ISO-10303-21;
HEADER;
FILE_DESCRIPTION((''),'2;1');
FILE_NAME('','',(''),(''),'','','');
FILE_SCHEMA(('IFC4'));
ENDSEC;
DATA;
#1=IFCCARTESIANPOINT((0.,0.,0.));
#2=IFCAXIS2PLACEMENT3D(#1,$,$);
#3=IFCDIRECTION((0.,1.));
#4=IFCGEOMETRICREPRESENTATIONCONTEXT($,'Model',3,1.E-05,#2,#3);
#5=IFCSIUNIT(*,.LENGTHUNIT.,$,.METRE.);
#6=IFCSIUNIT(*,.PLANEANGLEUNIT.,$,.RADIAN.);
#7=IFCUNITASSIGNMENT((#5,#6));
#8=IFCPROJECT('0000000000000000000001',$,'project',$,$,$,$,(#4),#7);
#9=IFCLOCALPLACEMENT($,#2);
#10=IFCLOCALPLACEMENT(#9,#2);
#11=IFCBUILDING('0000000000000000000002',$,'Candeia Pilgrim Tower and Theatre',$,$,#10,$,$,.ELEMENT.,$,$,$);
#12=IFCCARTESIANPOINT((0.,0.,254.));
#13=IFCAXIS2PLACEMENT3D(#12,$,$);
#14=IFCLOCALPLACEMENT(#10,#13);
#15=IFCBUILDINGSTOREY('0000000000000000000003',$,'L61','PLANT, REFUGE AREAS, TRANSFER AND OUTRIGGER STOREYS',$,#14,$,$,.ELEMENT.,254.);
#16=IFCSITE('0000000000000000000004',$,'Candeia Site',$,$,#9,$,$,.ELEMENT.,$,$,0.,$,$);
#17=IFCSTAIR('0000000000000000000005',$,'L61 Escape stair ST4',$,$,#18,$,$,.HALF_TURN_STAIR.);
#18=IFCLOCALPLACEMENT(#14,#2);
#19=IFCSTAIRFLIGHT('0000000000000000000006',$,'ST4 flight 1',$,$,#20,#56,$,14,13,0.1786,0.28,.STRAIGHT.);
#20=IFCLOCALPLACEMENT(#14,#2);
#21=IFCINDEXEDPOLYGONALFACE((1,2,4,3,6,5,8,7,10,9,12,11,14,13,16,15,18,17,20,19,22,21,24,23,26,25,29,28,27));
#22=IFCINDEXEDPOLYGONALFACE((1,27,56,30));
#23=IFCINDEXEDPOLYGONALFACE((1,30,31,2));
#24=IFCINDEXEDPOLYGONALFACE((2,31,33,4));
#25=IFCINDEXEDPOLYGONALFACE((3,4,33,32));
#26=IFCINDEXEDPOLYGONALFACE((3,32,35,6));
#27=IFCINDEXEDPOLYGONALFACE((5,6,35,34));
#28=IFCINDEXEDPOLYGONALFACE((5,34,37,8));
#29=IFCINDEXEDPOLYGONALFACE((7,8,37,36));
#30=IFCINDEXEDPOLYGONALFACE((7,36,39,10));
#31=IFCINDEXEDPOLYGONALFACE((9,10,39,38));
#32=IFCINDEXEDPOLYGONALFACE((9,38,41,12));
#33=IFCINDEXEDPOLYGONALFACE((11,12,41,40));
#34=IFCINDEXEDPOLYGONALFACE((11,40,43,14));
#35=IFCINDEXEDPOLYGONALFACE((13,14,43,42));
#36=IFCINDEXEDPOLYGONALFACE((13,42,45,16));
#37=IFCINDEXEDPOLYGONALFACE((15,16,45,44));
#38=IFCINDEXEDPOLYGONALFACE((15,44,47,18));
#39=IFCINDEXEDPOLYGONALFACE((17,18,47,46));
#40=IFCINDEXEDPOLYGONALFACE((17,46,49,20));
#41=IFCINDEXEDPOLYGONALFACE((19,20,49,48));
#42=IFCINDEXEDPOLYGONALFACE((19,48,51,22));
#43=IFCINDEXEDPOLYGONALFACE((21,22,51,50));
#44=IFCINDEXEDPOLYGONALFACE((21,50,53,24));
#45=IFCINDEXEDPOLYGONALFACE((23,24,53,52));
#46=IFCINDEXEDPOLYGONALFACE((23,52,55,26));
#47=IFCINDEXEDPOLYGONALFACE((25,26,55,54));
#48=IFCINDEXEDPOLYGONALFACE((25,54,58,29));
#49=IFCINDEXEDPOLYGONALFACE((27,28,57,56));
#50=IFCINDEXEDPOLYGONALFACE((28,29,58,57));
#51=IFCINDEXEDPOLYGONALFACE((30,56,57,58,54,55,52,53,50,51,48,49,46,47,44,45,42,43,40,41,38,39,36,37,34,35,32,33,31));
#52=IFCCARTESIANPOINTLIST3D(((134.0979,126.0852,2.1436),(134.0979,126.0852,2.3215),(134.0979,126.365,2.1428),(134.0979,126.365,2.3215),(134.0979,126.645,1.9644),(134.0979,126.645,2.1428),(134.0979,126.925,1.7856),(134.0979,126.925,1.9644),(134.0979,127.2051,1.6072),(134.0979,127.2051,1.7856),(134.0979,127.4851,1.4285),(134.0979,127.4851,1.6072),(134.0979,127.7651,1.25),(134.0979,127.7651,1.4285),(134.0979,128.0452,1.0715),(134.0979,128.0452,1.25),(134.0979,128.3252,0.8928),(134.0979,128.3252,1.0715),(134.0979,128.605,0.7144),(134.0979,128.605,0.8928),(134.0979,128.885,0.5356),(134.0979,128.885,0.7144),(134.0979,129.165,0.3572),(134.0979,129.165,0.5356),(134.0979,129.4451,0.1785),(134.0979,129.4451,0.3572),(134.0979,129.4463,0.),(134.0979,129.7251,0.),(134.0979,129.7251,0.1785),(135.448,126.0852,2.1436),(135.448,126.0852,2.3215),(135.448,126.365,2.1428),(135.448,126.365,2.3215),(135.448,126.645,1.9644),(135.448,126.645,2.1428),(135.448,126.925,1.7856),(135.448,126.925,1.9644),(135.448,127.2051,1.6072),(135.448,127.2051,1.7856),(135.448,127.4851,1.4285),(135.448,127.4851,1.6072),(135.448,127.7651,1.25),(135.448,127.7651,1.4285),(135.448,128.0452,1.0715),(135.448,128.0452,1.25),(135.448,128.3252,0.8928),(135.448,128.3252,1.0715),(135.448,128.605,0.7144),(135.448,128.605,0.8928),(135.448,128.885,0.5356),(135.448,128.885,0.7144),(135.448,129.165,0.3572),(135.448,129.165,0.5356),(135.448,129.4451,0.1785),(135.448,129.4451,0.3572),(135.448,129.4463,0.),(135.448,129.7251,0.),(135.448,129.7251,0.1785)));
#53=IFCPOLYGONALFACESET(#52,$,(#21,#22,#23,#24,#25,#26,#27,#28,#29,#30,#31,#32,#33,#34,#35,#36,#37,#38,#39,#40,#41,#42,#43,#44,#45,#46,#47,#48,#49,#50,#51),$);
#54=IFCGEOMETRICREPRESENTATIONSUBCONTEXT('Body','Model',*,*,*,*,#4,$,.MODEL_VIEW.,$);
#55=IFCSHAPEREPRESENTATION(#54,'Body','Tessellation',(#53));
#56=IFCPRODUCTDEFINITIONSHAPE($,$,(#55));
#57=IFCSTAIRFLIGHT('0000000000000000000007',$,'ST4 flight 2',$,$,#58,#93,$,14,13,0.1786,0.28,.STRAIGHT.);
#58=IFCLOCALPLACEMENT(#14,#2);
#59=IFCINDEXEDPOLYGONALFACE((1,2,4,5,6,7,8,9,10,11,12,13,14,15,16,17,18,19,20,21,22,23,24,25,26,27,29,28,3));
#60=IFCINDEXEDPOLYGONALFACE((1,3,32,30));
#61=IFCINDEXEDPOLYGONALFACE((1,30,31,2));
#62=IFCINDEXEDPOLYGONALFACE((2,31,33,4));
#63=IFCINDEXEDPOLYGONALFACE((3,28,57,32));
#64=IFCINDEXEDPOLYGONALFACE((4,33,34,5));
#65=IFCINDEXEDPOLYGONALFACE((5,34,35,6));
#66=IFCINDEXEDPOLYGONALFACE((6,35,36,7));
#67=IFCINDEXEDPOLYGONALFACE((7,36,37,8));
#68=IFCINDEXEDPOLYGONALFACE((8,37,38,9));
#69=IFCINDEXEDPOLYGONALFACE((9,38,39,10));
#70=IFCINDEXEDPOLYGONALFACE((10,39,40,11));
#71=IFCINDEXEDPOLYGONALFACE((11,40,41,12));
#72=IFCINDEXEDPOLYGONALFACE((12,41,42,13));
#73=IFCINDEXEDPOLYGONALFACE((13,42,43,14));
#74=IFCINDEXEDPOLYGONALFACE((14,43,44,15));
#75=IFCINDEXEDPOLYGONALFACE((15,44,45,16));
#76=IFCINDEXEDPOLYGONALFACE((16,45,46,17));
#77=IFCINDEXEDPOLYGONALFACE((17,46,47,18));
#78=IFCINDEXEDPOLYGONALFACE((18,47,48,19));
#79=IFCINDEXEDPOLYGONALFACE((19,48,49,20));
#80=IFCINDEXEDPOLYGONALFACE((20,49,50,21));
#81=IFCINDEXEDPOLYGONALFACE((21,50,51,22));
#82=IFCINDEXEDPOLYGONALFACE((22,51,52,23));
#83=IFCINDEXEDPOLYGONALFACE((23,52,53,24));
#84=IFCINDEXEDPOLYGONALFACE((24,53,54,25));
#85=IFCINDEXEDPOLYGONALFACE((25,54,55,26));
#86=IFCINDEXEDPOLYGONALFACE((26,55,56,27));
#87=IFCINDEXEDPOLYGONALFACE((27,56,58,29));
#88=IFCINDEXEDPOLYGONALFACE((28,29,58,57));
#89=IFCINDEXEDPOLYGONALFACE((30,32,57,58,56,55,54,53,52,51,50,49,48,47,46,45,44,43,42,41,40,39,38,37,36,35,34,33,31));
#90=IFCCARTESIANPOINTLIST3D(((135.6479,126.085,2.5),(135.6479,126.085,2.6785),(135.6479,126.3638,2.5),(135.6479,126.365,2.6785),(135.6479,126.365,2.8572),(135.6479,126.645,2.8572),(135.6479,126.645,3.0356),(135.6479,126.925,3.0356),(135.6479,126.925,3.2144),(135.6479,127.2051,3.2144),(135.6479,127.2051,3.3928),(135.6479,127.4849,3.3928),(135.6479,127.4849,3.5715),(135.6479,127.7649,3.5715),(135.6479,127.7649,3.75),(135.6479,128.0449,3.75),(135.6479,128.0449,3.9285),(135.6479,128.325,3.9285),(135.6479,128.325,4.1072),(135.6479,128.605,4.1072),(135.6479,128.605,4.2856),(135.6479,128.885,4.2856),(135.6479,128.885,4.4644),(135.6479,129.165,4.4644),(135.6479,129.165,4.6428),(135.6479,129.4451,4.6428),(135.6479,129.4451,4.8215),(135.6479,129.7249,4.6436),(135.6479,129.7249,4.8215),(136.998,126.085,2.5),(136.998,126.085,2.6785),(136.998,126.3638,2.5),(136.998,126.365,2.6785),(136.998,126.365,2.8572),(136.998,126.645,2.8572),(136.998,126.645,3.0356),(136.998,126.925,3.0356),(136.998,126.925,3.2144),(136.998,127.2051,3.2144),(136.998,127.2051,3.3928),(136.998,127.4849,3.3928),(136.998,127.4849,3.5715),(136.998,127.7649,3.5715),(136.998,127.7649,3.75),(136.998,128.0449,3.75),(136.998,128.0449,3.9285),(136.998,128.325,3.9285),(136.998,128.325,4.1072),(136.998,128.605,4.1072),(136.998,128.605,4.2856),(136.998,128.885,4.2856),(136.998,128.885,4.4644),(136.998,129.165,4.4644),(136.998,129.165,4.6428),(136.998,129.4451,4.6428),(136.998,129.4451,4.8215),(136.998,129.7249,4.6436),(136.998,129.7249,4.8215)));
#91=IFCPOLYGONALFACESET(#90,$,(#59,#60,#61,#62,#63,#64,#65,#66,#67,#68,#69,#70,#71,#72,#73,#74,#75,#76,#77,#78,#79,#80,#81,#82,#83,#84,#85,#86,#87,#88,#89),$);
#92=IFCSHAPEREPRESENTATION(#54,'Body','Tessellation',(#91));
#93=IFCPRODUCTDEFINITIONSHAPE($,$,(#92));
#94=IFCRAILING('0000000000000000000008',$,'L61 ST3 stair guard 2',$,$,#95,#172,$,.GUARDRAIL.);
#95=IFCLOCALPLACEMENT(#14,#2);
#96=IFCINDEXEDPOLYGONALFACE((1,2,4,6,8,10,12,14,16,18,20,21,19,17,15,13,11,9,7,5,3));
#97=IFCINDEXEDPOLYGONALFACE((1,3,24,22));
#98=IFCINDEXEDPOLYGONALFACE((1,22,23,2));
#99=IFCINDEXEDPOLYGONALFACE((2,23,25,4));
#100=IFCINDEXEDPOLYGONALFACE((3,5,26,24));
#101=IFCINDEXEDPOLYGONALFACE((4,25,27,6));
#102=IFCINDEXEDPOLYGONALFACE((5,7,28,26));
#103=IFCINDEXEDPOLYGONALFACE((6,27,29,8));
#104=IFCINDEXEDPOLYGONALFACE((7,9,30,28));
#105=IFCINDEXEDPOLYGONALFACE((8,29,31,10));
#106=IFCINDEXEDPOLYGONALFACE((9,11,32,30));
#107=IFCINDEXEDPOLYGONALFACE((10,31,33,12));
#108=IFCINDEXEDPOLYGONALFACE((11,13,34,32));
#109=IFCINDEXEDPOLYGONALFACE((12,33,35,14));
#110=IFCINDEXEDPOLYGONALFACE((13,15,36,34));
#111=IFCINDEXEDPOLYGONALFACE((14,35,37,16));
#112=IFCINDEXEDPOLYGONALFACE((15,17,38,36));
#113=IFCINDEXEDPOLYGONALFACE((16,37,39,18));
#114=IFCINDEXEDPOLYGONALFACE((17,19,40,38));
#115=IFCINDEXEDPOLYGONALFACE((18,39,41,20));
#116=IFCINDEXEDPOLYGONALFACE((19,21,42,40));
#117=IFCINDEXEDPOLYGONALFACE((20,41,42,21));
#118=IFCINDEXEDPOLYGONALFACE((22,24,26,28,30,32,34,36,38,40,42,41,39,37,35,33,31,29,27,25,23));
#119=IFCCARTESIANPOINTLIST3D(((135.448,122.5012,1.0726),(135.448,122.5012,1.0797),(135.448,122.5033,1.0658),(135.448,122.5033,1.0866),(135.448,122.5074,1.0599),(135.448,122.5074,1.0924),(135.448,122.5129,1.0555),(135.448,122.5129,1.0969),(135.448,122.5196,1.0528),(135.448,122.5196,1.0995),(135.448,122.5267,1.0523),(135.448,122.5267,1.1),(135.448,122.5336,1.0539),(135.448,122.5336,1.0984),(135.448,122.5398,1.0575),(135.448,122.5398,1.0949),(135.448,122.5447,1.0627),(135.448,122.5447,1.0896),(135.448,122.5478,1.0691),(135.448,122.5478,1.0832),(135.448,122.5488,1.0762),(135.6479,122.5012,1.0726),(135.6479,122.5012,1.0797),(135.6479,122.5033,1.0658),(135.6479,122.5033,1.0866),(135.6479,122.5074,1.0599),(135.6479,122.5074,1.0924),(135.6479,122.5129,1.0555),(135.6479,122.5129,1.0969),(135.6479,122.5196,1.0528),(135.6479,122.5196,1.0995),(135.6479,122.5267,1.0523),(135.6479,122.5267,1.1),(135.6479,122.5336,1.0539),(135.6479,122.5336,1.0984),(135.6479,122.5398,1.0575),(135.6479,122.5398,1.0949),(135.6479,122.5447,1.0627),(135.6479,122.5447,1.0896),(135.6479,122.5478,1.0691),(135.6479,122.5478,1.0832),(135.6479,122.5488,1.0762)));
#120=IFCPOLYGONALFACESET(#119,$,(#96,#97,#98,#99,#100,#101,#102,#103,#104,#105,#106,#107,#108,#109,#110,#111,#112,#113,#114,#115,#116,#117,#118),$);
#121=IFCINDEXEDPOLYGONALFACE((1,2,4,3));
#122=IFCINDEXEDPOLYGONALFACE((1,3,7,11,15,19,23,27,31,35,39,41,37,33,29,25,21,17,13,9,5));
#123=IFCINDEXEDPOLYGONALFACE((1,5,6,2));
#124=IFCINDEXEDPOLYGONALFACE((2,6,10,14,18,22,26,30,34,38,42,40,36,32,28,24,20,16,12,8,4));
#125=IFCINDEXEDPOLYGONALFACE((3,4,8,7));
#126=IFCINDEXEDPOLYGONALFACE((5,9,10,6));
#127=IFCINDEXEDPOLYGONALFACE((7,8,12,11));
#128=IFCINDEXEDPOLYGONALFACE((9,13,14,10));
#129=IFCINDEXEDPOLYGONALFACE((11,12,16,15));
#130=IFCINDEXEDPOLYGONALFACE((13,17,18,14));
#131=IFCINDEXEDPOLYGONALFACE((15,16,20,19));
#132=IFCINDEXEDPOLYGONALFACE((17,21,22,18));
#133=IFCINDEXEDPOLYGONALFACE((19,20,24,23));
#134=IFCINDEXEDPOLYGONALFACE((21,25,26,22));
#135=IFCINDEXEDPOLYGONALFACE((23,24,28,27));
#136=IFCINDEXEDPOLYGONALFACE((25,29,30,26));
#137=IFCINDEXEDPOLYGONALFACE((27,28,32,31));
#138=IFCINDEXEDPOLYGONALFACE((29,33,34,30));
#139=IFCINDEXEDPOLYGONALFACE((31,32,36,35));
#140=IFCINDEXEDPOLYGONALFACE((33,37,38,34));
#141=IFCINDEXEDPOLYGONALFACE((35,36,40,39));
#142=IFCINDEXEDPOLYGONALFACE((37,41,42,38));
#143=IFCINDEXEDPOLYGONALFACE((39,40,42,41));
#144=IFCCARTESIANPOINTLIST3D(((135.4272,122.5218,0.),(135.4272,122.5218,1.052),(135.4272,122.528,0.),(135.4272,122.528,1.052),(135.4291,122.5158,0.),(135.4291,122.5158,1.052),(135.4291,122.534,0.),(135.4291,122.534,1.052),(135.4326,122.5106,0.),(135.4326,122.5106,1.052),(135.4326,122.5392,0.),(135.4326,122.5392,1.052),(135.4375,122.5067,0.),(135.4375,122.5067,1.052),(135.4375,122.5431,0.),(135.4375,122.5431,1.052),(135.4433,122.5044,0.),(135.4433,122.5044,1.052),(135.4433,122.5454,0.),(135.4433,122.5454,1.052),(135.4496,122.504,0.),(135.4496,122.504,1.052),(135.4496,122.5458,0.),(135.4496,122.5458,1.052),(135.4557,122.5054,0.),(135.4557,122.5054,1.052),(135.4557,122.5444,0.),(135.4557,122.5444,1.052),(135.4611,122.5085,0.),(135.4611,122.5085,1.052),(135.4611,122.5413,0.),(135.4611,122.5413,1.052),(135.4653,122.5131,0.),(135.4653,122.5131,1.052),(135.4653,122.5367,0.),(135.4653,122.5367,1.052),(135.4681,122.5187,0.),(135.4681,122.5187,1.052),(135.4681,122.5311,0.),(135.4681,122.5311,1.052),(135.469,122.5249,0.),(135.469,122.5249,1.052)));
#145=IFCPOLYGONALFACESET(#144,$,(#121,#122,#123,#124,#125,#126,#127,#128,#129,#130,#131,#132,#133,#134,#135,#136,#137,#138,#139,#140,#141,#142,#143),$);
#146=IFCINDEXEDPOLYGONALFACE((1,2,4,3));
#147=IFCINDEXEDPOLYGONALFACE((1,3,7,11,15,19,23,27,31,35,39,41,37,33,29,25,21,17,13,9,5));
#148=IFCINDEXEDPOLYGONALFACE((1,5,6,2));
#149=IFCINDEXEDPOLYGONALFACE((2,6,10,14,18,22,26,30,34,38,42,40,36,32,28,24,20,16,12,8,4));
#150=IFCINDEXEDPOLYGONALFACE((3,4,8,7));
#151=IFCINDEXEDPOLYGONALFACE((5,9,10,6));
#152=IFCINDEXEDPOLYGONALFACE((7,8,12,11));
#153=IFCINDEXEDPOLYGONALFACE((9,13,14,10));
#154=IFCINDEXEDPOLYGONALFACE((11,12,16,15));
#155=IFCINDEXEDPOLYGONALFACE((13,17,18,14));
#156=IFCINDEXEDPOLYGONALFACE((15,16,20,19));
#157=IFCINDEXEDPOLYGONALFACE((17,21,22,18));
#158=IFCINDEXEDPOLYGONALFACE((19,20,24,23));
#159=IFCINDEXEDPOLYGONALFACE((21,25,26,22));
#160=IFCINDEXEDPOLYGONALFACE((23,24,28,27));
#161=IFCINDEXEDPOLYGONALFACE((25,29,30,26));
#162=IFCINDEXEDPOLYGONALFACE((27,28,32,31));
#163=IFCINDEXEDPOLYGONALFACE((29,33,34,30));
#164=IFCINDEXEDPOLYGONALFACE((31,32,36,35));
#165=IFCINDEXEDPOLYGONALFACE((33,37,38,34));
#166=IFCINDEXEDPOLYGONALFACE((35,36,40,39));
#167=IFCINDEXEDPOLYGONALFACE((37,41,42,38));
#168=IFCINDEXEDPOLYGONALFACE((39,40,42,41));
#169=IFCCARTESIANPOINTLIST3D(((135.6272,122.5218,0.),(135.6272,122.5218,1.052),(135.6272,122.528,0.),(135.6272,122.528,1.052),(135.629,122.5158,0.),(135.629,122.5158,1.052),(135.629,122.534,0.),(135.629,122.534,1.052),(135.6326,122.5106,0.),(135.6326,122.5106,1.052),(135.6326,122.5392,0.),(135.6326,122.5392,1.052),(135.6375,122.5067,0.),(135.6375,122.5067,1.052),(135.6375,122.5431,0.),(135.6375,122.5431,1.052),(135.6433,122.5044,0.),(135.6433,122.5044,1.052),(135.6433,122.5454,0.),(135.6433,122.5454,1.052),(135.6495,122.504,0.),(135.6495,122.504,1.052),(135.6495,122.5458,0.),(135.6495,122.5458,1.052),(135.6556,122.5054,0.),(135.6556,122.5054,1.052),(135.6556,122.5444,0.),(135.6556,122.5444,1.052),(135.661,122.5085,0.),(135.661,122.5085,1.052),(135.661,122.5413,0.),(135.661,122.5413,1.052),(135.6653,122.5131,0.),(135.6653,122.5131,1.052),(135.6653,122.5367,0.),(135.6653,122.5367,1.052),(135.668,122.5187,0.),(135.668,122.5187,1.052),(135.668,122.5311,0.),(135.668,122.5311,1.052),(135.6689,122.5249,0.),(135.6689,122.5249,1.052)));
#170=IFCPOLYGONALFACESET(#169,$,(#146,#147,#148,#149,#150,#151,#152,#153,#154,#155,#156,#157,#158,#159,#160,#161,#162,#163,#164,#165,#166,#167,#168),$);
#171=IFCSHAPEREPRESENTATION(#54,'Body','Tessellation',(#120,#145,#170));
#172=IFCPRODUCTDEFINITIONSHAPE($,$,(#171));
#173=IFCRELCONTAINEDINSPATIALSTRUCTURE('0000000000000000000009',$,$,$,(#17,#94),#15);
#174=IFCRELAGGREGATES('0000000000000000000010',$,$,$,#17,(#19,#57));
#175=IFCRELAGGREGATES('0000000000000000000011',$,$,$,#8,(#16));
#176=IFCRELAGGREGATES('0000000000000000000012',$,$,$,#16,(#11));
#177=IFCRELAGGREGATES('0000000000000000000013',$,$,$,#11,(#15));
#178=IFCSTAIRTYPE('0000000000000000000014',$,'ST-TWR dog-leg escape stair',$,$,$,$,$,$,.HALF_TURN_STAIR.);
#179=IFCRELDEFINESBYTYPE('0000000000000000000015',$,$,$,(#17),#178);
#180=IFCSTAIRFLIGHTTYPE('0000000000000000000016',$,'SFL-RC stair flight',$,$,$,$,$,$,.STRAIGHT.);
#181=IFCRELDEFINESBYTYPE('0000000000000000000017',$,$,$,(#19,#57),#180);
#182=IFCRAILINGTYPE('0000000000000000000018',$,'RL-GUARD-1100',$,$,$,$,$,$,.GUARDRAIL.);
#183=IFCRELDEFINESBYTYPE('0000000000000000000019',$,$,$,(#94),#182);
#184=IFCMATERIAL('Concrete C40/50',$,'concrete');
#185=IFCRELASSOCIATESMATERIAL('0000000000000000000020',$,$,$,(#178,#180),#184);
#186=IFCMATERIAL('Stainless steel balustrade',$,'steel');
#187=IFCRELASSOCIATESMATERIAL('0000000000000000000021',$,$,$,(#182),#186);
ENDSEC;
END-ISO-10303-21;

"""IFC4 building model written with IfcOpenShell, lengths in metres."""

from ifc_helpers import new_model, si_unit, direction, frame, origin, origin_2d, place, context, subcontext, project, spatial, polyline, circle, outline, extrude, material, type_object, element, aggregate, save


model = new_model("IFC4")

# Units and contexts
model_context = context("Model", 3, precision=1e-05, world=origin(), true_north=direction((0.0, 1.0)))
body_context = subcontext(model_context, "Body", "Model", "MODEL_VIEW")
ifc_project = project(units=[si_unit("LENGTHUNIT", "METRE"), si_unit("PLANEANGLEUNIT", "RADIAN")], contexts=[model_context])

# Site, building, storey
site_placement = place(None, origin())
site = spatial("IfcSite", under=ifc_project, at=site_placement, Name="Candeia Site", CompositionType="ELEMENT", RefElevation=0.0)
building_placement = place(site_placement, origin())
building = spatial("IfcBuilding", under=site, at=building_placement, Name="Candeia Pilgrim Tower and Theatre", CompositionType="ELEMENT")
storey_placement = place(building_placement, frame((0.0, 0.0, 254.0)))
storey = spatial("IfcBuildingStorey", under=building, at=storey_placement, Name="L61", Description="PLANT, REFUGE AREAS, TRANSFER AND OUTRIGGER STOREYS", CompositionType="ELEMENT", Elevation=254.0)

# Shared definitions
ifc_material_1 = material(Name="Concrete C40/50", Category="concrete")

# Stair, stair flights
stair_type = type_object("IfcStairType", Name="ST-TWR dog-leg escape stair", PredefinedType="HALF_TURN_STAIR", material=ifc_material_1)
stair_flight_type = type_object("IfcStairFlightType", Name="SFL-RC stair flight", PredefinedType="STRAIGHT", material=ifc_material_1)
stair_1_placement = place(storey_placement, origin())
stair_1 = element("IfcStair", 1, at=stair_1_placement, inside=storey, type_object=stair_type, Name="L61 Escape stair ST4", PredefinedType="HALF_TURN_STAIR")
stair_flight_1_placement = place(storey_placement, frame((134.7729, 129.7251, 0.0), z_axis=(0.0, 0.0, 1.0), x_axis=(0.0, -1.0, 0.0)))
stair_flight_1 = element("IfcStairFlight", 2, at=stair_flight_1_placement, type_object=stair_flight_type, Name="ST4 flight 1", NumberOfRisers=14, NumberOfTreads=13, PredefinedType="STRAIGHT", RiserHeight=0.1786, TreadLength=0.28, context=body_context, shape_type="SweptSolid", body=[
    extrude(outline(polyline([(0.0, 0.0), (0.0, 0.1785), (0.28, 0.1785), (0.28, 0.3572), (0.5601, 0.3572), (0.5601, 0.5356), (0.8401, 0.5356), (0.8401, 0.7144), (1.1201, 0.7144), (1.1201, 0.8928), (1.3999, 0.8928), (1.3999, 1.0715), (1.6799, 1.0715), (1.6799, 1.25), (1.96, 1.25), (1.96, 1.4285), (2.24, 1.4285), (2.24, 1.6072), (2.52, 1.6072), (2.52, 1.7856), (2.8, 1.7856), (2.8, 1.9644), (3.0801, 1.9644), (3.0801, 2.1428), (3.3601, 2.1428), (3.3601, 2.3215), (3.6399, 2.3215), (3.6399, 2.5), (3.6399, 2.1436), (0.2788, 0.0), (0.0, 0.0)])), frame((0.0, 0.675, 0.0), z_axis=(0.0, -1.0, 0.0), x_axis=(1.0, 0.0, 0.0)), (0.0, 0.0, 1.0), 1.3501),
])
stair_flight_2_placement = place(storey_placement, frame((136.323, 126.085, 2.5), z_axis=(0.0, 0.0, 1.0), x_axis=(0.0, 1.0, 0.0)))
stair_flight_2 = element("IfcStairFlight", 3, at=stair_flight_2_placement, type_object=stair_flight_type, Name="ST4 flight 2", NumberOfRisers=14, NumberOfTreads=13, PredefinedType="STRAIGHT", RiserHeight=0.1786, TreadLength=0.28, context=body_context, shape_type="SweptSolid", body=[
    extrude(outline(polyline([(0.0, 0.0), (0.0, 0.1785), (0.28, 0.1785), (0.28, 0.3572), (0.5601, 0.3572), (0.5601, 0.5356), (0.8401, 0.5356), (0.8401, 0.7144), (1.1201, 0.7144), (1.1201, 0.8928), (1.3999, 0.8928), (1.3999, 1.0715), (1.6799, 1.0715), (1.6799, 1.25), (1.96, 1.25), (1.96, 1.4285), (2.24, 1.4285), (2.24, 1.6072), (2.52, 1.6072), (2.52, 1.7856), (2.8, 1.7856), (2.8, 1.9644), (3.0801, 1.9644), (3.0801, 2.1428), (3.3601, 2.1428), (3.3601, 2.3215), (3.6399, 2.3215), (3.6399, 2.5), (3.6399, 2.1436), (0.2788, 0.0), (0.0, 0.0)])), frame((0.0, 0.675, 0.0), z_axis=(0.0, -1.0, 0.0), x_axis=(1.0, 0.0, 0.0)), (0.0, 0.0, 1.0), 1.3501),
])
aggregate(stair_1, [stair_flight_1, stair_flight_2])

# Railing
ifc_material_2 = material(Name="Stainless steel balustrade", Category="steel")
railing_type_1 = type_object("IfcRailingType", Name="RL-GUARD-1100", PredefinedType="GUARDRAIL", material=ifc_material_2)
railing_1_placement = place(storey_placement, frame((135.448, 122.5249, 0.0)))
element("IfcRailing", 4, at=railing_1_placement, inside=storey, type_object=railing_type_1, Name="L61 ST3 stair guard 2", PredefinedType="GUARDRAIL", context=body_context, shape_type="SweptSolid", body=[
    extrude(circle(Radius=0.0239, at=origin_2d()), frame((0.0, 0.0, 1.0762), z_axis=(1.0, 0.0, 0.0), x_axis=(0.0, 1.0, 0.0)), (0.0, 0.0, 1.0), 0.2),
    extrude(circle(Radius=0.021, at=origin_2d()), origin(), (0.0, 0.0, 1.0), 1.052),
    extrude(circle(Radius=0.021, at=origin_2d()), frame((0.2, 0.0, 0.0)), (0.0, 0.0, 1.0), 1.052),
])

save(model, "model.ifc")
